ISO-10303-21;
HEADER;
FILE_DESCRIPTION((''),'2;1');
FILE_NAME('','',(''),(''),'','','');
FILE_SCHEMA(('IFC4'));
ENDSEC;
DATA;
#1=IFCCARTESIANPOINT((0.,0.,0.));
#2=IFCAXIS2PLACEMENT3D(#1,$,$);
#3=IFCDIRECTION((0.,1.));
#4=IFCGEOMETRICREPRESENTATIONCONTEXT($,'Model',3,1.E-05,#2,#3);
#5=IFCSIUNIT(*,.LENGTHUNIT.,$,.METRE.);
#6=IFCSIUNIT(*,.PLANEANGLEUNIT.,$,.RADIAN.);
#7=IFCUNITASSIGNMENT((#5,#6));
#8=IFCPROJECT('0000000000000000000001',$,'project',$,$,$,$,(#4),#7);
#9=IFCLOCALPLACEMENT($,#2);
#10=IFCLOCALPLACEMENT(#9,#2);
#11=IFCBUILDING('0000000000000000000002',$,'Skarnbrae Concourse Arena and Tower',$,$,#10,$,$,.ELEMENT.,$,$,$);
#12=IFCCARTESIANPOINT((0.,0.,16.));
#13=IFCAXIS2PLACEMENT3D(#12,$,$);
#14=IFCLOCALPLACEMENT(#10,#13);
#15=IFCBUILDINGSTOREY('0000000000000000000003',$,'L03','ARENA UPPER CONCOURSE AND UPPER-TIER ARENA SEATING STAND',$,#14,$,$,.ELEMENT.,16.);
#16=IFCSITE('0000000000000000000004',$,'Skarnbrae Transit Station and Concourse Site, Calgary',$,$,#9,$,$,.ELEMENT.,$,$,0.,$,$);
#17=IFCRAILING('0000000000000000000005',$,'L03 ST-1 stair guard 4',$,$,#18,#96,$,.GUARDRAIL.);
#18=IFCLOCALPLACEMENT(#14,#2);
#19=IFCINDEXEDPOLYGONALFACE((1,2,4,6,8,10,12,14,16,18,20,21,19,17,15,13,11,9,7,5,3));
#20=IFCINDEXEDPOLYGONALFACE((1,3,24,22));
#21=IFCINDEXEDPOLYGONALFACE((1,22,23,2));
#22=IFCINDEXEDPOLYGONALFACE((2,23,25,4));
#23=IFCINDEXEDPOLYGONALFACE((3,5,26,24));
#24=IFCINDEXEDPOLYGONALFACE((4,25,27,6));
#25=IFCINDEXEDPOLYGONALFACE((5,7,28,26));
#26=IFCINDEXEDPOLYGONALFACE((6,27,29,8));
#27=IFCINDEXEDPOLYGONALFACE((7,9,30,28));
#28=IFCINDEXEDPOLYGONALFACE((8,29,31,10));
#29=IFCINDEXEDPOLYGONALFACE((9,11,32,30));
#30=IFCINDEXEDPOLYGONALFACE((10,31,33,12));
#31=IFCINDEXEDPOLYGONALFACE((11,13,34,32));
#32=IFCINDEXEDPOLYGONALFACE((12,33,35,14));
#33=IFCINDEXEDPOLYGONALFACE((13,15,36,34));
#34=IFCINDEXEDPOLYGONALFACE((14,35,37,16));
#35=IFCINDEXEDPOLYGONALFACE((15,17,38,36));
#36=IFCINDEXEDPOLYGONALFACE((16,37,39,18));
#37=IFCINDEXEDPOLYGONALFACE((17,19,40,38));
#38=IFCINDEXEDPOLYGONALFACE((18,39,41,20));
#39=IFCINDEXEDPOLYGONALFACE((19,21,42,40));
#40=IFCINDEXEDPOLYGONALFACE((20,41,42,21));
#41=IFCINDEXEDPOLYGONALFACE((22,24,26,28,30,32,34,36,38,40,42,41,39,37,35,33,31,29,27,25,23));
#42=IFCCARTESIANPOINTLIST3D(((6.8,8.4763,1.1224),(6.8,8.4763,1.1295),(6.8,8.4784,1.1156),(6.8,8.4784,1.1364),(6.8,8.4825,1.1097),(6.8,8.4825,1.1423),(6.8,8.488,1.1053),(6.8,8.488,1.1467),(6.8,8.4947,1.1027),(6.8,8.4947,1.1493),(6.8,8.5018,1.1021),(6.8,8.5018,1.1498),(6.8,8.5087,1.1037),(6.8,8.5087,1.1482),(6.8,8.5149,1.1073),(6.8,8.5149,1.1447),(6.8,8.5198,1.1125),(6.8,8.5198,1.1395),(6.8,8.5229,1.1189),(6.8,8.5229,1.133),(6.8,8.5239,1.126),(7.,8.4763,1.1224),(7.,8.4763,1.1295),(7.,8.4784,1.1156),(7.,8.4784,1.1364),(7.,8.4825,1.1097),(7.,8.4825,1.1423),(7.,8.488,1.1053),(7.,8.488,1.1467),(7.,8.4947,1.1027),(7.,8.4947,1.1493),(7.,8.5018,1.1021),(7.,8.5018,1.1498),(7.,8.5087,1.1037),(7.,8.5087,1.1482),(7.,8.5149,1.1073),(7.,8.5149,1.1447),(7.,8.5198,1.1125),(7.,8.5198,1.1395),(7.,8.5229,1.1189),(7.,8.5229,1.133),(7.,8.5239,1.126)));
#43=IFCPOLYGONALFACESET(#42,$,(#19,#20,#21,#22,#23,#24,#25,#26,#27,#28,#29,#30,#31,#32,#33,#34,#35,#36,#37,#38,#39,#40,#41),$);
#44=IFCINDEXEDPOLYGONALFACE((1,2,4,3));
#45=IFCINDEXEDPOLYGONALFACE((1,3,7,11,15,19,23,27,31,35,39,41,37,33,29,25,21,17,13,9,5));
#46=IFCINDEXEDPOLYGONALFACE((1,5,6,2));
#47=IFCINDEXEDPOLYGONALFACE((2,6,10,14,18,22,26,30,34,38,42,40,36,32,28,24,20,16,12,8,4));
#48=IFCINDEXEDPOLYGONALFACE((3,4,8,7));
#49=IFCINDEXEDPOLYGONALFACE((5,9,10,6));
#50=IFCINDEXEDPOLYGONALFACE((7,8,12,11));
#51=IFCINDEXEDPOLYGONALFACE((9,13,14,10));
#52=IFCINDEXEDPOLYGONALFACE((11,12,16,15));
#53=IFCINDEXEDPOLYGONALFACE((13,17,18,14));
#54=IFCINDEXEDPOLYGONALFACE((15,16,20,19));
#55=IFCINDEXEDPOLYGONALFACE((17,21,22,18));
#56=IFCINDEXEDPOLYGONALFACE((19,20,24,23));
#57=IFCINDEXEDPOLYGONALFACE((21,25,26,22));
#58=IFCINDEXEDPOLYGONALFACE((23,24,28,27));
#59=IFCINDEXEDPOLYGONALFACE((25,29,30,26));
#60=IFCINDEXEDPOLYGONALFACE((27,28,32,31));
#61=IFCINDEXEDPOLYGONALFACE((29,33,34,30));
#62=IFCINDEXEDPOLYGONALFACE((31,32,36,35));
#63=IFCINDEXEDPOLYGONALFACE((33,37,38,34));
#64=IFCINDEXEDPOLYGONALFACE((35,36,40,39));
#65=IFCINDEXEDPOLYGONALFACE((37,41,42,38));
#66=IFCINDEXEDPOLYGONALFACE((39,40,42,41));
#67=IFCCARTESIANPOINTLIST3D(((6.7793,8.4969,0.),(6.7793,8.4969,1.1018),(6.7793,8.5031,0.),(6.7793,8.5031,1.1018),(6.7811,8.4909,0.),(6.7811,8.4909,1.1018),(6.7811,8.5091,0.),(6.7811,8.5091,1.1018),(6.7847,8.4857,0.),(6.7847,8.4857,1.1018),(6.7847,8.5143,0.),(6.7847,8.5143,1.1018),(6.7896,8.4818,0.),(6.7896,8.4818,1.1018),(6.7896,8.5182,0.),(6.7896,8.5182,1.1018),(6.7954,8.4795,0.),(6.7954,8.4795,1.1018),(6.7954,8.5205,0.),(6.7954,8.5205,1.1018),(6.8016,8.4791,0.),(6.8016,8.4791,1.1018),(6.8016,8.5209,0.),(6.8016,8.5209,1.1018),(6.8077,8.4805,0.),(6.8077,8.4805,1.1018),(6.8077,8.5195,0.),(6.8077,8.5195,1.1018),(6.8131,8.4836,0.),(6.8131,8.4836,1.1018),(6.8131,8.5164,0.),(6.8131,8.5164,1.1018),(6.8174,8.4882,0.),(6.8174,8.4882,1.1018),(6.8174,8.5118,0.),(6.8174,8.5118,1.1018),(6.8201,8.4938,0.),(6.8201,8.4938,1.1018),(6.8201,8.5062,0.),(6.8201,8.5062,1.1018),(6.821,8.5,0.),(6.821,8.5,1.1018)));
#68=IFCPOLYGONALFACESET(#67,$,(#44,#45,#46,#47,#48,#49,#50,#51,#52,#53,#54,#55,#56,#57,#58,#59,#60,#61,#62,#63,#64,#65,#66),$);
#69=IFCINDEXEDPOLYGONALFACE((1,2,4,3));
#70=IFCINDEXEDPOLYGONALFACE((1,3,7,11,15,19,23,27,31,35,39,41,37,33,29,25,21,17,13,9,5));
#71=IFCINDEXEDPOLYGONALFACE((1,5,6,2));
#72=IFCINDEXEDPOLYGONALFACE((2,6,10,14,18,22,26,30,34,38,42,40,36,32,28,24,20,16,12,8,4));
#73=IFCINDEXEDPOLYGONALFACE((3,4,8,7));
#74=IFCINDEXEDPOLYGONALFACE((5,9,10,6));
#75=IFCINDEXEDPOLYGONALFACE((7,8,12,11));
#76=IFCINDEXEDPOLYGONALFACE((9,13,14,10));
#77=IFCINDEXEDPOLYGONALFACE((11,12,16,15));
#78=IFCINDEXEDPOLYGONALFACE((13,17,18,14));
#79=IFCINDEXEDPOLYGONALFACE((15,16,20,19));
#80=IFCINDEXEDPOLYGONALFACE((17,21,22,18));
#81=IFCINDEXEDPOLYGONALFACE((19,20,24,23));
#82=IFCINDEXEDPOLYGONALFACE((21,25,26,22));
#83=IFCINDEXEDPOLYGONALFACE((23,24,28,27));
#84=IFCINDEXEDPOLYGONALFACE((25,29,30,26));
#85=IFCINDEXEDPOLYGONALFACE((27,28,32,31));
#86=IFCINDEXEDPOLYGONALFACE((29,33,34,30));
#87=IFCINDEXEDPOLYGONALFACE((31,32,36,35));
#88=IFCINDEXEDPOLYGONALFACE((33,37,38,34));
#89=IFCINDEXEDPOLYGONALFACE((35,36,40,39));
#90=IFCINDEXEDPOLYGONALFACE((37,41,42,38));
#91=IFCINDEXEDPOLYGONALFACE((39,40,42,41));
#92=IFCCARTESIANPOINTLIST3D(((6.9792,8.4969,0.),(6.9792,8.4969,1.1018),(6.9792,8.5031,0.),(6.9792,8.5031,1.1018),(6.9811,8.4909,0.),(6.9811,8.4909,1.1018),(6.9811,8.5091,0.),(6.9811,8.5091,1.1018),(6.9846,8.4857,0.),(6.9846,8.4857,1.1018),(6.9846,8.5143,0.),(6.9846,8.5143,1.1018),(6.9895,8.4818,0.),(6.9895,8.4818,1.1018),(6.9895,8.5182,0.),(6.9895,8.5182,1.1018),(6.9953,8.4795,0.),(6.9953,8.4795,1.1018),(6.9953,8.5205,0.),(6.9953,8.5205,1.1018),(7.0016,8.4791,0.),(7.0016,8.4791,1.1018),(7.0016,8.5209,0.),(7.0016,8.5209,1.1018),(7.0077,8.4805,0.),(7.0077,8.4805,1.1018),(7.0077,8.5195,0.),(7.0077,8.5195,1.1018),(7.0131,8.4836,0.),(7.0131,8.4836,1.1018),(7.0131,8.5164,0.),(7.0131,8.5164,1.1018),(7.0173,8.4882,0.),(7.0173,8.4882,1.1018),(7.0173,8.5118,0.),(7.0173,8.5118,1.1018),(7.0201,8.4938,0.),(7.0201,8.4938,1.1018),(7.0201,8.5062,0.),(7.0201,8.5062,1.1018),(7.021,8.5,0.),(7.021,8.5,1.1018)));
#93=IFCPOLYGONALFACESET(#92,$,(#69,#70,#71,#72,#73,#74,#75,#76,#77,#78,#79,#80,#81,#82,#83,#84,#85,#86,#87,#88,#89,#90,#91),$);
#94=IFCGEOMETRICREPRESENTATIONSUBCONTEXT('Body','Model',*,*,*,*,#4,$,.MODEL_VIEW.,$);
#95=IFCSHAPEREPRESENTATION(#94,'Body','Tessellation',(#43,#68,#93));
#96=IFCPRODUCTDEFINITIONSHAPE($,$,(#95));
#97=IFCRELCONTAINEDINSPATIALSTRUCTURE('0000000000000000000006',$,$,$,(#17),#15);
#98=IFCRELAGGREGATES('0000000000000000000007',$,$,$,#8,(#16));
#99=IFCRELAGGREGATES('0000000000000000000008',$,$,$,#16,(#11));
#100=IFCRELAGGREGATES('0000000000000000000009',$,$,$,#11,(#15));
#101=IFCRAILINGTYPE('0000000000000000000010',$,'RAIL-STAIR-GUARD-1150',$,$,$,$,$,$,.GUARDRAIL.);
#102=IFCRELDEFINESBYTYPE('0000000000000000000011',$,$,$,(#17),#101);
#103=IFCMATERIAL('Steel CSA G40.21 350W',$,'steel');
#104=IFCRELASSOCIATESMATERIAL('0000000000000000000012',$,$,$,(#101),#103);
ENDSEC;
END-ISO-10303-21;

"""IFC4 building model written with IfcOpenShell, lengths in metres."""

from ifc_helpers import new_model, si_unit, direction, frame, origin, origin_2d, place, context, subcontext, project, spatial, circle, extrude, material, type_object, element, save


model = new_model("IFC4")

# Units and contexts
model_context = context("Model", 3, precision=1e-05, world=origin(), true_north=direction((0.0, 1.0)))
body_context = subcontext(model_context, "Body", "Model", "MODEL_VIEW")
ifc_project = project(units=[si_unit("LENGTHUNIT", "METRE"), si_unit("PLANEANGLEUNIT", "RADIAN")], contexts=[model_context])

# Site, building, storey
site_placement = place(None, origin())
site = spatial("IfcSite", under=ifc_project, at=site_placement, Name="Skarnbrae Transit Station and Concourse Site, Calgary", CompositionType="ELEMENT", RefElevation=0.0)
building_placement = place(site_placement, origin())
building = spatial("IfcBuilding", under=site, at=building_placement, Name="Skarnbrae Concourse Arena and Tower", CompositionType="ELEMENT")
storey_placement = place(building_placement, frame((0.0, 0.0, 16.0)))
storey = spatial("IfcBuildingStorey", under=building, at=storey_placement, Name="L03", Description="ARENA UPPER CONCOURSE AND UPPER-TIER ARENA SEATING STAND", CompositionType="ELEMENT", Elevation=16.0)

# Shared definitions
ifc_material_1 = material(Name="Steel CSA G40.21 350W", Category="steel")

# Railing
railing_type_1 = type_object("IfcRailingType", Name="RAIL-STAIR-GUARD-1150", PredefinedType="GUARDRAIL", material=ifc_material_1)
railing_1_placement = place(storey_placement, frame((6.8, 8.5, 0.0)))
element("IfcRailing", 1, at=railing_1_placement, inside=storey, type_object=railing_type_1, Name="L03 ST-1 stair guard 4", PredefinedType="GUARDRAIL", context=body_context, shape_type="SweptSolid", body=[
    extrude(circle(Radius=0.0239, at=origin_2d()), frame((0.0, 0.0, 1.126), z_axis=(1.0, 0.0, 0.0), x_axis=(0.0, 1.0, 0.0)), (0.0, 0.0, 1.0), 0.2),
    extrude(circle(Radius=0.021, at=origin_2d()), origin(), (0.0, 0.0, 1.0), 1.1018),
    extrude(circle(Radius=0.021, at=origin_2d()), frame((0.2, 0.0, 0.0)), (0.0, 0.0, 1.0), 1.1018),
])

save(model, "model.ifc")
